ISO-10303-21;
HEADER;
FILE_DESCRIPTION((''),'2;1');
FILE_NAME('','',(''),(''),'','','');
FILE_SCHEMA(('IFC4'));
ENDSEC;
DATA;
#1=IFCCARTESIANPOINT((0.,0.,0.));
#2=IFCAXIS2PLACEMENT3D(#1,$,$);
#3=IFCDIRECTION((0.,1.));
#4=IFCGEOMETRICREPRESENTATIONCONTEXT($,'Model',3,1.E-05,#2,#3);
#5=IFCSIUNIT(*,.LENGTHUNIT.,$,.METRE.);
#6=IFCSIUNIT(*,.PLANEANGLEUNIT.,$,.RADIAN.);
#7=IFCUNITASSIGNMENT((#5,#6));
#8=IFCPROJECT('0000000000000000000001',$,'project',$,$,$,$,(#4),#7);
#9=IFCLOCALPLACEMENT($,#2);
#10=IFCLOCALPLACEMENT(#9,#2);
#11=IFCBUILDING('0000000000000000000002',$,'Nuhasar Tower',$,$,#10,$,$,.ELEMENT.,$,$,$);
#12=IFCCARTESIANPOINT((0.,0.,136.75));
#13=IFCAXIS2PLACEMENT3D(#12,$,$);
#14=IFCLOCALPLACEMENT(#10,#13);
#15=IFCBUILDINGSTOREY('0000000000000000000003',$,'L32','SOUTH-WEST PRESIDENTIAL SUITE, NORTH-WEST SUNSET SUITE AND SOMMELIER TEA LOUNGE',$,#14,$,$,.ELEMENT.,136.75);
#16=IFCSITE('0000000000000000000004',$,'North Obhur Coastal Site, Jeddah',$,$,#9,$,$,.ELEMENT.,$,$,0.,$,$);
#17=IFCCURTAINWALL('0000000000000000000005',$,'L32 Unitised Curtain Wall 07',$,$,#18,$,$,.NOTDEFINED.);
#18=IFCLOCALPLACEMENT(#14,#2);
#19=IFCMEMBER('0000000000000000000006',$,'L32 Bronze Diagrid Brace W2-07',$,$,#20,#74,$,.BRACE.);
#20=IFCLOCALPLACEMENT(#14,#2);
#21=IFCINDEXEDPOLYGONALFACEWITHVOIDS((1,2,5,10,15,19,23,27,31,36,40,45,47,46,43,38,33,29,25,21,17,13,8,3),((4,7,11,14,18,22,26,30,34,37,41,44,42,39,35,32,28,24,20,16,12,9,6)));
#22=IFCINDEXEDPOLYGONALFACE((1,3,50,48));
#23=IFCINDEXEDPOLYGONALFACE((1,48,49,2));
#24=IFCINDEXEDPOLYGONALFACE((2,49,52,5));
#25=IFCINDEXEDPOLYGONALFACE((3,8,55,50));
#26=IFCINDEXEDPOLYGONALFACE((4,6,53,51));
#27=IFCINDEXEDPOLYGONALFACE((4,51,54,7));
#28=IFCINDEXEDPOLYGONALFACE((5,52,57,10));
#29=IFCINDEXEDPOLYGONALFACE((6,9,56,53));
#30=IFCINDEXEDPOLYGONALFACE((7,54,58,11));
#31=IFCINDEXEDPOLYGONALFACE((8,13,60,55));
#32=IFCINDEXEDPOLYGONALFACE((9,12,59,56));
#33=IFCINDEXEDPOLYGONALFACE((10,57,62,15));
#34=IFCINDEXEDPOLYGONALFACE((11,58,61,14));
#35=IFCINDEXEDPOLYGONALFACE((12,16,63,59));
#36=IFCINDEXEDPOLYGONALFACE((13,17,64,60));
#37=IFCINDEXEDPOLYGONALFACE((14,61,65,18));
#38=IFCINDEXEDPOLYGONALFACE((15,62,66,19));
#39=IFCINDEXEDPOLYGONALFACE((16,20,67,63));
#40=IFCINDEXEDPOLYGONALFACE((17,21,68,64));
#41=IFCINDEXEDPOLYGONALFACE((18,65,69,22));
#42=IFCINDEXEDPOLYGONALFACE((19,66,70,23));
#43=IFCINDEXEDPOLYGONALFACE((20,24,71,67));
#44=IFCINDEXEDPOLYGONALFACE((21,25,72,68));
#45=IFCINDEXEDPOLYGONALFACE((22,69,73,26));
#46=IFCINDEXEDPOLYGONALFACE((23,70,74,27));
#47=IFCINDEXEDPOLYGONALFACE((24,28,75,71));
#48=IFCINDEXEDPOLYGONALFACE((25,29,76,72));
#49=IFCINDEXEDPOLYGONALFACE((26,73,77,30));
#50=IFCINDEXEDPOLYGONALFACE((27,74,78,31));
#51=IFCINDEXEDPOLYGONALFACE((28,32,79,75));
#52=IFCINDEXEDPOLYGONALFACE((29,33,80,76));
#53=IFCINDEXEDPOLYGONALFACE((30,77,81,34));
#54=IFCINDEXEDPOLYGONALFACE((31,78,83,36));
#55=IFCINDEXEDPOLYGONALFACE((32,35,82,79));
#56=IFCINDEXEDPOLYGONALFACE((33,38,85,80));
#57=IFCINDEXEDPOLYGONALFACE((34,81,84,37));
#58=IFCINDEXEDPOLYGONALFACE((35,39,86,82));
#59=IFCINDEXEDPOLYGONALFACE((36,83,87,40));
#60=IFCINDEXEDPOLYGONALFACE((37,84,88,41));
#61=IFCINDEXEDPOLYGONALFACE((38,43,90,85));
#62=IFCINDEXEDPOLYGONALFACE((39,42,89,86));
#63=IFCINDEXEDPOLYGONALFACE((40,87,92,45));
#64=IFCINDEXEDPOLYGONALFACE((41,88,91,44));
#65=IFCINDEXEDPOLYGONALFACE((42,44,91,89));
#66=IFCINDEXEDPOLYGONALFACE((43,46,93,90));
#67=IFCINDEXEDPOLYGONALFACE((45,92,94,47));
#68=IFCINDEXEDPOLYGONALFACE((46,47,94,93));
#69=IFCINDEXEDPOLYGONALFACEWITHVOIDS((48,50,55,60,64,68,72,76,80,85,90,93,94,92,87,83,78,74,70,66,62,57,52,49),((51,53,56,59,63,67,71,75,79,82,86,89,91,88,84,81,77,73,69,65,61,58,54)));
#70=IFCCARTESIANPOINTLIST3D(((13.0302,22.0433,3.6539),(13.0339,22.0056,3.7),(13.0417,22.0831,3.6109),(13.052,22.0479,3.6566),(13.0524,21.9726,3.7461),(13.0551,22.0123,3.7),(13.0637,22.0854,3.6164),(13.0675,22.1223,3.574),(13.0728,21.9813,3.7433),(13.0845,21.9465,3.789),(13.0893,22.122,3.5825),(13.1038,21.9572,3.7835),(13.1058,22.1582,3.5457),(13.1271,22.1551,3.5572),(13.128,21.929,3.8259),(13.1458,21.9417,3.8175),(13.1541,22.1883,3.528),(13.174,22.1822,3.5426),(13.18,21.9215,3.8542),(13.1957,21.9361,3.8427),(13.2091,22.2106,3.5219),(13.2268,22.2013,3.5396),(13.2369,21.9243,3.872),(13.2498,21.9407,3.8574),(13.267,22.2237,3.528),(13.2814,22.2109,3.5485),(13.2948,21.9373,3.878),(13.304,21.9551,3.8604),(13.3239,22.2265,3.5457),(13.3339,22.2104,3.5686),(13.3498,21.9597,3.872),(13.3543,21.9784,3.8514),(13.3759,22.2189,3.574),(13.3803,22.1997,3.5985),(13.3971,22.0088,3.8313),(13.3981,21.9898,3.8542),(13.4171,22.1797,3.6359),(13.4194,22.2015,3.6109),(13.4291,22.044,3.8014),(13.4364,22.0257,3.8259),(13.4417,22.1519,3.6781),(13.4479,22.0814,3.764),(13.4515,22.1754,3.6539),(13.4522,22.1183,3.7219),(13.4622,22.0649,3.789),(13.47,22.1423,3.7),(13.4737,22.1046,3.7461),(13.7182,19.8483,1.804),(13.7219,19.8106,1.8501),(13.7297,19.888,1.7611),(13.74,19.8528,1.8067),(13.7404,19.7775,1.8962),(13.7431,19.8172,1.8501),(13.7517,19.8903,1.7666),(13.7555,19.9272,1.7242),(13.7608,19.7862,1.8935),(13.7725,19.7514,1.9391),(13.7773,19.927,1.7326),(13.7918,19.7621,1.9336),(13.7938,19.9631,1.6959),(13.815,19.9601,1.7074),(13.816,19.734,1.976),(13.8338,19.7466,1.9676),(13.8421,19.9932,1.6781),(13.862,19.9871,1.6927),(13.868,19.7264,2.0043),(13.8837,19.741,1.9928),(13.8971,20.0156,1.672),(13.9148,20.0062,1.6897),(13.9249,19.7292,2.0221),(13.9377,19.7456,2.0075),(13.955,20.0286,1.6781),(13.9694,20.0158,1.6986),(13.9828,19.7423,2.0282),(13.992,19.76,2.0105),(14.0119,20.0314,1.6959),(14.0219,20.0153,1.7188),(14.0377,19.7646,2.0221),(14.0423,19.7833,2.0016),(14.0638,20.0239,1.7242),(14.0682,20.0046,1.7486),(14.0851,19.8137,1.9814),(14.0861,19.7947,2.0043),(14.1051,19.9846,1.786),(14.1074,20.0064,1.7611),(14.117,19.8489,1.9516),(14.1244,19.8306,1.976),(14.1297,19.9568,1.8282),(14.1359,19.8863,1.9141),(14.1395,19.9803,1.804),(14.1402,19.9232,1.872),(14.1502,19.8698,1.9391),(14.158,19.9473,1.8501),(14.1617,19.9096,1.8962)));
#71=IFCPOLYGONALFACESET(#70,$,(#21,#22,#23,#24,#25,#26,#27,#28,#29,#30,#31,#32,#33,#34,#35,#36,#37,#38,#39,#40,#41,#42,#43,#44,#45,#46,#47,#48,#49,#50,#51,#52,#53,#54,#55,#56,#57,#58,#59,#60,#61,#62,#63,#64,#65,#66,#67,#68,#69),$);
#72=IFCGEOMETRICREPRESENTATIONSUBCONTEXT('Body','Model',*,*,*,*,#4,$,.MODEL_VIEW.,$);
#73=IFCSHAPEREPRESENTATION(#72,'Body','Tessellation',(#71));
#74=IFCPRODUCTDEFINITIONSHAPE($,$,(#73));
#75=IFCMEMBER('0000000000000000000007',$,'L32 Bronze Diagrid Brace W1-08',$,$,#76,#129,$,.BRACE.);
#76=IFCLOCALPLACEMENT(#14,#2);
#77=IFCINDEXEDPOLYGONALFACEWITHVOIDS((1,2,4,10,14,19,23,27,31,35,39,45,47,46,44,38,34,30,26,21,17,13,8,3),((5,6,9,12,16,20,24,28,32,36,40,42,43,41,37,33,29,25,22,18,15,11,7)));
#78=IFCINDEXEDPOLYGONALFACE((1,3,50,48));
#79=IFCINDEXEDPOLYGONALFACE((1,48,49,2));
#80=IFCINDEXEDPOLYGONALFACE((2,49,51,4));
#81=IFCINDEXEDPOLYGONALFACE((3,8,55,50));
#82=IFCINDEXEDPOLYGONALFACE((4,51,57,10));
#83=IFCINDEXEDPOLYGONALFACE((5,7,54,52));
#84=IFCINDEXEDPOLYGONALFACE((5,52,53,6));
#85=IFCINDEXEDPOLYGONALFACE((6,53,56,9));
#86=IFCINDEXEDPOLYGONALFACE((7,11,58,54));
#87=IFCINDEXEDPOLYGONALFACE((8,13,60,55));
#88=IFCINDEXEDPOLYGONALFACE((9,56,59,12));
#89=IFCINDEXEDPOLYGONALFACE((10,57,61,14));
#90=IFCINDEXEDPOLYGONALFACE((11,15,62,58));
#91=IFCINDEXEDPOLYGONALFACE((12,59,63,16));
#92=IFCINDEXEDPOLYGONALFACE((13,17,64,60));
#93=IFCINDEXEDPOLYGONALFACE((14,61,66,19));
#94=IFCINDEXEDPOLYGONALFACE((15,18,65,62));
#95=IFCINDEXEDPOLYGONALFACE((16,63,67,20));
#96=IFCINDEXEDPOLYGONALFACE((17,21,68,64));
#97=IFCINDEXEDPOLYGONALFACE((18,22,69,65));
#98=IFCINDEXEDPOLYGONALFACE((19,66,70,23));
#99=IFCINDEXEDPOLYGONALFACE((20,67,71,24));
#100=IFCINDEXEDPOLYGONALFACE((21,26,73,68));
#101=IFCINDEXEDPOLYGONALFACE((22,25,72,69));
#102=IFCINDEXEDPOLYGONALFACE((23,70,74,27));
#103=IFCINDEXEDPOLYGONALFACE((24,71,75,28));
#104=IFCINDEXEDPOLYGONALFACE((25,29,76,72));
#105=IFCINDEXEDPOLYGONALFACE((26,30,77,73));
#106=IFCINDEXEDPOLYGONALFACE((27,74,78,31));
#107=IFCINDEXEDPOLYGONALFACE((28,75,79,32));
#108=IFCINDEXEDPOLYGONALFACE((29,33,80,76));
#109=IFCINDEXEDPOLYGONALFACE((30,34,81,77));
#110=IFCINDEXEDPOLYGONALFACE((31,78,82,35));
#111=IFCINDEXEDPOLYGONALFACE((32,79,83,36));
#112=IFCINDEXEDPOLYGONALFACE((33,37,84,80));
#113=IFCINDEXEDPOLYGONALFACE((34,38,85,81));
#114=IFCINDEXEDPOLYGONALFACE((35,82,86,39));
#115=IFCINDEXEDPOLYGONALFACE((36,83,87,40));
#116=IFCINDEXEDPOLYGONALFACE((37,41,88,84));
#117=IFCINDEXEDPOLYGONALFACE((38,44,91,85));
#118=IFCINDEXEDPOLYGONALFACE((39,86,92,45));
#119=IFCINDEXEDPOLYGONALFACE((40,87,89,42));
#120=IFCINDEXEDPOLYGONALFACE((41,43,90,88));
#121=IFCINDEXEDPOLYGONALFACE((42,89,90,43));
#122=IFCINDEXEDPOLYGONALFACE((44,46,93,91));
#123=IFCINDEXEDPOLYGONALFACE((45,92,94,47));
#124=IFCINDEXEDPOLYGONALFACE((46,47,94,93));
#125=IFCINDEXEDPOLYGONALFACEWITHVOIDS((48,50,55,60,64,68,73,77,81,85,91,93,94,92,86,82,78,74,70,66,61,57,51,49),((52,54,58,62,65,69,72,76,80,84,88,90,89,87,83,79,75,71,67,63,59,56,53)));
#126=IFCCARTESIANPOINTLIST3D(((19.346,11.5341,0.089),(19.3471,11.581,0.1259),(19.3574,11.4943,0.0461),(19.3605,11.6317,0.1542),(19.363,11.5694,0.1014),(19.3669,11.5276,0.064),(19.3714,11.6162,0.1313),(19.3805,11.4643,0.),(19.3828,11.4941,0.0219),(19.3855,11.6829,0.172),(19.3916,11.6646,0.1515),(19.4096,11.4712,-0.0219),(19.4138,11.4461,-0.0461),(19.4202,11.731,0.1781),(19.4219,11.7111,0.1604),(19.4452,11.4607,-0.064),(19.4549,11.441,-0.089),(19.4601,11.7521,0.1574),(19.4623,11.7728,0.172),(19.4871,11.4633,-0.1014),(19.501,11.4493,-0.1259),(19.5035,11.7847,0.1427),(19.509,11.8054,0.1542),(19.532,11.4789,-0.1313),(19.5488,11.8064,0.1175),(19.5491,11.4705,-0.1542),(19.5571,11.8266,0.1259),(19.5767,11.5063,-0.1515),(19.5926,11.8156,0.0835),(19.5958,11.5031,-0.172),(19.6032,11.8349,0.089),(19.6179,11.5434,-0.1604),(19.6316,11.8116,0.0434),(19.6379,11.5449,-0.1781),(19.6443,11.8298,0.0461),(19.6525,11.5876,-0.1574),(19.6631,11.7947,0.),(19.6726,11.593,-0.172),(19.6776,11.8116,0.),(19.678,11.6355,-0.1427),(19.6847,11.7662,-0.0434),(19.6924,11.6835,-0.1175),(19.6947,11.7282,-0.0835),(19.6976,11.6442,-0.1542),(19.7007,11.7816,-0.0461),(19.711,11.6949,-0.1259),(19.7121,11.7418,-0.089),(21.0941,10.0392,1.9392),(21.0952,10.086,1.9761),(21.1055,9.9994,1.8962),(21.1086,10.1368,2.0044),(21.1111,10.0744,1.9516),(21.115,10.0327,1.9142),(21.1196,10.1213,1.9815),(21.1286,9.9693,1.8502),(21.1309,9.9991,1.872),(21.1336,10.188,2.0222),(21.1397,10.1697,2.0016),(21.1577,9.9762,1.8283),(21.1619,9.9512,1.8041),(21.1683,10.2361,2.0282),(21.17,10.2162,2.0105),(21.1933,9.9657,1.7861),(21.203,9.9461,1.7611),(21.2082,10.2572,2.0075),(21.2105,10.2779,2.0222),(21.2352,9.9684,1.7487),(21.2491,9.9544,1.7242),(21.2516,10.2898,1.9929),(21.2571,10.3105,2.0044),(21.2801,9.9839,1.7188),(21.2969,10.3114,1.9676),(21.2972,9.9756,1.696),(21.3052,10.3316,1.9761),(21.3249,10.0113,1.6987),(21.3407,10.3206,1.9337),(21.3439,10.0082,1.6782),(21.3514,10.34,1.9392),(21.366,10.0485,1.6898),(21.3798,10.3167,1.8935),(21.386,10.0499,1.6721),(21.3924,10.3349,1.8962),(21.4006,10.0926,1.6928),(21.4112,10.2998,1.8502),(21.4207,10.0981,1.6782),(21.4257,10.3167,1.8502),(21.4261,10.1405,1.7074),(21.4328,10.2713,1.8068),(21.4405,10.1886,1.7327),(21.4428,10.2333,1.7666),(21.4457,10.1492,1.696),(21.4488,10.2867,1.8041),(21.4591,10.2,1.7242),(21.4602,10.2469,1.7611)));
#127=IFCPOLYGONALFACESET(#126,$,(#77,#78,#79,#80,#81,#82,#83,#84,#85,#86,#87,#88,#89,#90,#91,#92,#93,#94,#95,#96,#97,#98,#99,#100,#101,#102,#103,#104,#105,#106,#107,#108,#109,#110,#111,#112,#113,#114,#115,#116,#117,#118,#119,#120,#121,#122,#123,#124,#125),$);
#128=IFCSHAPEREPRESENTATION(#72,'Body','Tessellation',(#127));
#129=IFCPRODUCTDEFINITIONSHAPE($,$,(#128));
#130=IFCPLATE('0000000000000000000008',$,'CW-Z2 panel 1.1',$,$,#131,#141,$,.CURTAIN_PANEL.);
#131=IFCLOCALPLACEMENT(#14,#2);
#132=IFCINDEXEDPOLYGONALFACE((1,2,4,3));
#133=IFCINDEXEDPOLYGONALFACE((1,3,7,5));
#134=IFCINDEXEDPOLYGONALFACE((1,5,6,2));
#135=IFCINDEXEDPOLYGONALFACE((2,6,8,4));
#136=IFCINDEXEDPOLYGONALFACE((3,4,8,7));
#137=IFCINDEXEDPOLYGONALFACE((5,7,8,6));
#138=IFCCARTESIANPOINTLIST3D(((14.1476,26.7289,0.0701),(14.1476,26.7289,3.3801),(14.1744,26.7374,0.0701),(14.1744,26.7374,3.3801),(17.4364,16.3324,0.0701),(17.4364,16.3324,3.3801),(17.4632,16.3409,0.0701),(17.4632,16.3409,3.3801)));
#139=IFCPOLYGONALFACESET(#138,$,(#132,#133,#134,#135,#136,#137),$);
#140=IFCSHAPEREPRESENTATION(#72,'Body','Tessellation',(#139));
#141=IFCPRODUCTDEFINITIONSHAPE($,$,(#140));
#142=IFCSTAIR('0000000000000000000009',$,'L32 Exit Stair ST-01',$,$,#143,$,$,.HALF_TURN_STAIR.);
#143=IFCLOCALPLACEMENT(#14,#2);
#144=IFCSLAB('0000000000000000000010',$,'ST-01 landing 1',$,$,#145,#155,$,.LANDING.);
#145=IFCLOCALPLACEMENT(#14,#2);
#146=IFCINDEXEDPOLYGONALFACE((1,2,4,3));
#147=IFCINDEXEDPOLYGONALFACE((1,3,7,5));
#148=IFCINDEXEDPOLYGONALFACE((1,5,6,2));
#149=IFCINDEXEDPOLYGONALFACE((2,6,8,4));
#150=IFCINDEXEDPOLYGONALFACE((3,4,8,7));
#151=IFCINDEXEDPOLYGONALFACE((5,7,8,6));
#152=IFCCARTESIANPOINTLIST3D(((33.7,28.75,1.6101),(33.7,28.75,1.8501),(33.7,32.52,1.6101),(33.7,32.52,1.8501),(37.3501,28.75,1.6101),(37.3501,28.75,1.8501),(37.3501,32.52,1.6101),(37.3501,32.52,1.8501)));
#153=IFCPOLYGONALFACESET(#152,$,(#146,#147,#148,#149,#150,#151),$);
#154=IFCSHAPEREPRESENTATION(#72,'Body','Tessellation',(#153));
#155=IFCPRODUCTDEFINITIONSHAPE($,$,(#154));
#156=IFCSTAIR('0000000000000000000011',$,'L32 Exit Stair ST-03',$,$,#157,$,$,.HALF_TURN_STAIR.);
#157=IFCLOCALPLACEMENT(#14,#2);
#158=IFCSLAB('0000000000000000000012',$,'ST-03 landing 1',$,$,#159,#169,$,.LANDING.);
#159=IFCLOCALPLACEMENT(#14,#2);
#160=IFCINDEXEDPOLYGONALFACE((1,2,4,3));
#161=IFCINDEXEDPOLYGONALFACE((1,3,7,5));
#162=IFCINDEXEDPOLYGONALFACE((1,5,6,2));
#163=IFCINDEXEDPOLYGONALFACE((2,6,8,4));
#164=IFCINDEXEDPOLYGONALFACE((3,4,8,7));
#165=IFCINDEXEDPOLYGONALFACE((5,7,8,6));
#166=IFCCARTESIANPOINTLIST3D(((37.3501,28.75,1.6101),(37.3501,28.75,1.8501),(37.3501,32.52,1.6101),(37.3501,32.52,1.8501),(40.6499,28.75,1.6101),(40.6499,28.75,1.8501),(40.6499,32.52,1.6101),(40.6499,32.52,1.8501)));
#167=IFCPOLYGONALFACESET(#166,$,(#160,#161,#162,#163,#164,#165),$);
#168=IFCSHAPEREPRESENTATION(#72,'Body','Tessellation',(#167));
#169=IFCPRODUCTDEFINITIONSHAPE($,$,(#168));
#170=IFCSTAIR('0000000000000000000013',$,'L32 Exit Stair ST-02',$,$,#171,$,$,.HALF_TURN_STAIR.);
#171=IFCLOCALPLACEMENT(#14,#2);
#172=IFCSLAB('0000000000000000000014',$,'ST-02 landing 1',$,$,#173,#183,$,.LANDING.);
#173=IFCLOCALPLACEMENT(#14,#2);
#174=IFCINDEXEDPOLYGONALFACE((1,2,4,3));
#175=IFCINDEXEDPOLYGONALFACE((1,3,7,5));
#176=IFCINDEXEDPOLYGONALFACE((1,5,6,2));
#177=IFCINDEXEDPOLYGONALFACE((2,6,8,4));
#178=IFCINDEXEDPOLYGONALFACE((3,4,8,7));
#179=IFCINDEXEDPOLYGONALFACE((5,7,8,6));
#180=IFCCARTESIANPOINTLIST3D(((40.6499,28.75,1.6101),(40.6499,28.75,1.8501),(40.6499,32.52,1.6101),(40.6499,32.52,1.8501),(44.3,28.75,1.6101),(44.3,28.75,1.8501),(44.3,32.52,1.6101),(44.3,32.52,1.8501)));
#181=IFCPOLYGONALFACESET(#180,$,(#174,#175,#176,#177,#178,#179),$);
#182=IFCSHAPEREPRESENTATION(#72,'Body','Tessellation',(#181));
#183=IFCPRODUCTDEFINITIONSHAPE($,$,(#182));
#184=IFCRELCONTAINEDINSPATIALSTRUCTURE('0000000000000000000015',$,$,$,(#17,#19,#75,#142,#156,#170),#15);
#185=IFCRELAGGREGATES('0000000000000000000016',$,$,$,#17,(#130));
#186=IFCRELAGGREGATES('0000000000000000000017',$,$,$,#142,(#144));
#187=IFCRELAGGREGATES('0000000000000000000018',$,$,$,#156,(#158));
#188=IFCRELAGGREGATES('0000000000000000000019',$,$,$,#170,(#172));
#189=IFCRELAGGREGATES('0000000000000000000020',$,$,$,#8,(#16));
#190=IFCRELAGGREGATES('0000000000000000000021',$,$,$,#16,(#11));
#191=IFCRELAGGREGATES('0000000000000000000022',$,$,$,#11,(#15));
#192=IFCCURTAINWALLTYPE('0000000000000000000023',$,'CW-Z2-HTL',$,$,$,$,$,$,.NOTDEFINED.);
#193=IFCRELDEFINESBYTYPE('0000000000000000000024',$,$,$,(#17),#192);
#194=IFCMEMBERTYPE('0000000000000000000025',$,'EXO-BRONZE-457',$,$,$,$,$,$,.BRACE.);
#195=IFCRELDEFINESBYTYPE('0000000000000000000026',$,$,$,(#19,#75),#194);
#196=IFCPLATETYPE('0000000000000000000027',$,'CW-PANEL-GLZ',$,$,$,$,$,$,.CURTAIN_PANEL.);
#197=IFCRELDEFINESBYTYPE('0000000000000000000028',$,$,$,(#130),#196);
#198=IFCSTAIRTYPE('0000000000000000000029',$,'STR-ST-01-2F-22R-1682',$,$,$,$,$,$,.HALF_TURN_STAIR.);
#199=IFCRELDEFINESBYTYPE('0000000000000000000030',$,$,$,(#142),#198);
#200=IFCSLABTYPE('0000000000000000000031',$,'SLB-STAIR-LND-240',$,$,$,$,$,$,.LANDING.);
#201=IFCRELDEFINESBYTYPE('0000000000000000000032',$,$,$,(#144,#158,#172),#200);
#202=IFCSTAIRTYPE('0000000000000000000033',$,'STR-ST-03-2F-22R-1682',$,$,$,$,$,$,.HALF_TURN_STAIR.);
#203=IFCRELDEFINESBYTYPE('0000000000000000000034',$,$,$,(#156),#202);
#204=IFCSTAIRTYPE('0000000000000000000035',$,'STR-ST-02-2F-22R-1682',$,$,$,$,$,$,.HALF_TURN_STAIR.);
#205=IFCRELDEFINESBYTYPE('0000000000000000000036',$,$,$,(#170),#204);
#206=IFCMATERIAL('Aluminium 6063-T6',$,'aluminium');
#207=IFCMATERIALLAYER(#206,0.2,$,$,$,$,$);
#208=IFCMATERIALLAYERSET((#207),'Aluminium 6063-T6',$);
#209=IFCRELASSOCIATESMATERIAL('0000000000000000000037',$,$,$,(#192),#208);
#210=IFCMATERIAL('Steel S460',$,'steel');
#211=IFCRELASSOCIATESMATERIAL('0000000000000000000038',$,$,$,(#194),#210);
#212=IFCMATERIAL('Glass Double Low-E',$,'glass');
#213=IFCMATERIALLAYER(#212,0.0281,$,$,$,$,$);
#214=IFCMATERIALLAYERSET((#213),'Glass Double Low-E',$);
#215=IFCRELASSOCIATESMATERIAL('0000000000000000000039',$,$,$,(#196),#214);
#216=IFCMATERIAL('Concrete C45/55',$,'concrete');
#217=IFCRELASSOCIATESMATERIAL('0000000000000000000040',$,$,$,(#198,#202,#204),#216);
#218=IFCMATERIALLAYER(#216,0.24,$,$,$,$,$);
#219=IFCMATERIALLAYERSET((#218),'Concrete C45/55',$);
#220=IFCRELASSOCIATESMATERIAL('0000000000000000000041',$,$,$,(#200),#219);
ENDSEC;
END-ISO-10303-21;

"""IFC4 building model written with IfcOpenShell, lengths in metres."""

from ifc_helpers import new_model, si_unit, direction, frame, origin, origin_2d, place, context, subcontext, project, spatial, polyline, rectangle, hollow_circle, outline, extrude, material, layer, layer_set, material_profile, profile_set, type_object, element, aggregate, save


model = new_model("IFC4")

# Units and contexts
model_context = context("Model", 3, precision=1e-05, world=origin(), true_north=direction((0.0, 1.0)))
body_context = subcontext(model_context, "Body", "Model", "MODEL_VIEW")
ifc_project = project(units=[si_unit("LENGTHUNIT", "METRE"), si_unit("PLANEANGLEUNIT", "RADIAN")], contexts=[model_context])

# Site, building, storey
site_placement = place(None, origin())
site = spatial("IfcSite", under=ifc_project, at=site_placement, Name="North Obhur Coastal Site, Jeddah", CompositionType="ELEMENT", RefElevation=0.0)
building_placement = place(site_placement, origin())
building = spatial("IfcBuilding", under=site, at=building_placement, Name="Nuhasar Tower", CompositionType="ELEMENT")
storey_placement = place(building_placement, frame((0.0, 0.0, 136.75)))
storey = spatial("IfcBuildingStorey", under=building, at=storey_placement, Name="L32", Description="SOUTH-WEST PRESIDENTIAL SUITE, NORTH-WEST SUNSET SUITE AND SOMMELIER TEA LOUNGE", CompositionType="ELEMENT", Elevation=136.75)

# Curtain wall
ifc_material_1 = material(Name="Aluminium 6063-T6", Category="aluminium")
ifc_layer_1 = layer(ifc_material_1, 0.2)
ifc_layer_set_1 = layer_set([ifc_layer_1], Name="Aluminium 6063-T6")
curtain_wall_type = type_object("IfcCurtainWallType", Name="CW-Z2-HTL", PredefinedType="NOTDEFINED", material=ifc_layer_set_1)
curtain_wall_1_placement = place(storey_placement, origin())
curtain_wall_1 = element("IfcCurtainWall", 1, at=curtain_wall_1_placement, inside=storey, type_object=curtain_wall_type, Name="L32 Unitised Curtain Wall 07", PredefinedType="NOTDEFINED")

# Members
ifc_material_2 = material(Name="Steel S460", Category="steel")
ifc_material_profile_1 = material_profile(ifc_material_2, hollow_circle(Radius=0.2285, WallThickness=0.0222, at=origin_2d()), Name="HSS457X22.2")
ifc_profile_set_1 = profile_set([ifc_material_profile_1], Name="Steel S460")
member_type_1 = type_object("IfcMemberType", Name="EXO-BRONZE-457", PredefinedType="BRACE", material=ifc_profile_set_1)
for number, where, z_axis, x_axis, name in (
    (2, (13.9399, 19.8789, 1.8501), (-0.233068, 0.743616, 0.626669), (-0.954228, -0.299079, 0.0), "L32 Bronze Diagrid Brace W2-07"),
    (3, (19.5291, 11.6379, 0.0), (0.592195, -0.506426, 0.626767), (0.649926, 0.759998, 0.0), "L32 Bronze Diagrid Brace W1-08"),
):
    element("IfcMember", number, at=place(storey_placement, frame(where, z_axis=z_axis, x_axis=x_axis)), inside=storey, type_object=member_type_1, Name=name, PredefinedType="BRACE", context=body_context, shape_type="SweptSolid", body=[
        extrude(hollow_circle(Radius=0.2285, WallThickness=0.0222, at=origin_2d()), origin(), (0.0, 0.0, 1.0), 2.9519),
    ])

# Plate
ifc_material_3 = material(Name="Glass Double Low-E", Category="glass")
ifc_layer_2 = layer(ifc_material_3, 0.0281)
ifc_layer_set_2 = layer_set([ifc_layer_2], Name="Glass Double Low-E")
plate_type = type_object("IfcPlateType", Name="CW-PANEL-GLZ", PredefinedType="CURTAIN_PANEL", material=ifc_layer_set_2)
plate_placement = place(storey_placement, frame((15.8054, 21.5349, 0.0701), z_axis=(0.0, 0.0, 1.0), x_axis=(0.301604, -0.953433, 0.0)))
plate = element("IfcPlate", 4, at=plate_placement, type_object=plate_type, Name="CW-Z2 panel 1.1", PredefinedType="CURTAIN_PANEL", context=body_context, shape_type="SweptSolid", body=[
    extrude(rectangle(XDim=10.9043, YDim=0.0281, at=origin_2d()), origin(), (0.0, 0.0, 1.0), 3.3101),
])
aggregate(curtain_wall_1, [plate])

# Stairs, slabs
ifc_material_4 = material(Name="Concrete C45/55", Category="concrete")
stair_type_1 = type_object("IfcStairType", Name="STR-ST-01-2F-22R-1682", PredefinedType="HALF_TURN_STAIR", material=ifc_material_4)
stair_1_placement = place(storey_placement, origin())
stair_1 = element("IfcStair", 5, at=stair_1_placement, inside=storey, type_object=stair_type_1, Name="L32 Exit Stair ST-01", PredefinedType="HALF_TURN_STAIR")
ifc_layer_3 = layer(ifc_material_4, 0.24)
ifc_layer_set_3 = layer_set([ifc_layer_3], Name="Concrete C45/55")
slab_type_1 = type_object("IfcSlabType", Name="SLB-STAIR-LND-240", PredefinedType="LANDING", material=ifc_layer_set_3)
slab_1_placement = place(storey_placement, frame((0.0, 0.0, 1.6101)))
slab_1 = element("IfcSlab", 6, at=slab_1_placement, type_object=slab_type_1, Name="ST-01 landing 1", PredefinedType="LANDING", context=body_context, shape_type="SweptSolid", body=[
    extrude(outline(polyline([(33.7, 28.75), (37.3501, 28.75), (37.3501, 32.52), (33.7, 32.52), (33.7, 28.75)])), origin(), (0.0, 0.0, 1.0), 0.24),
])
aggregate(stair_1, [slab_1])
stair_type_2 = type_object("IfcStairType", Name="STR-ST-03-2F-22R-1682", PredefinedType="HALF_TURN_STAIR", material=ifc_material_4)
stair_2_placement = place(storey_placement, origin())
stair_2 = element("IfcStair", 7, at=stair_2_placement, inside=storey, type_object=stair_type_2, Name="L32 Exit Stair ST-03", PredefinedType="HALF_TURN_STAIR")
slab_2_placement = place(storey_placement, frame((0.0, 0.0, 1.6101)))
slab_2 = element("IfcSlab", 8, at=slab_2_placement, type_object=slab_type_1, Name="ST-03 landing 1", PredefinedType="LANDING", context=body_context, shape_type="SweptSolid", body=[
    extrude(outline(polyline([(37.3501, 28.75), (40.6499, 28.75), (40.6499, 32.52), (37.3501, 32.52), (37.3501, 28.75)])), origin(), (0.0, 0.0, 1.0), 0.24),
])
aggregate(stair_2, [slab_2])
stair_type_3 = type_object("IfcStairType", Name="STR-ST-02-2F-22R-1682", PredefinedType="HALF_TURN_STAIR", material=ifc_material_4)
stair_3_placement = place(storey_placement, origin())
stair_3 = element("IfcStair", 9, at=stair_3_placement, inside=storey, type_object=stair_type_3, Name="L32 Exit Stair ST-02", PredefinedType="HALF_TURN_STAIR")
slab_3_placement = place(storey_placement, frame((0.0, 0.0, 1.6101)))
slab_3 = element("IfcSlab", 10, at=slab_3_placement, type_object=slab_type_1, Name="ST-02 landing 1", PredefinedType="LANDING", context=body_context, shape_type="SweptSolid", body=[
    extrude(outline(polyline([(40.6499, 28.75), (44.3, 28.75), (44.3, 32.52), (40.6499, 32.52), (40.6499, 28.75)])), origin(), (0.0, 0.0, 1.0), 0.24),
])
aggregate(stair_3, [slab_3])

save(model, "model.ifc")
